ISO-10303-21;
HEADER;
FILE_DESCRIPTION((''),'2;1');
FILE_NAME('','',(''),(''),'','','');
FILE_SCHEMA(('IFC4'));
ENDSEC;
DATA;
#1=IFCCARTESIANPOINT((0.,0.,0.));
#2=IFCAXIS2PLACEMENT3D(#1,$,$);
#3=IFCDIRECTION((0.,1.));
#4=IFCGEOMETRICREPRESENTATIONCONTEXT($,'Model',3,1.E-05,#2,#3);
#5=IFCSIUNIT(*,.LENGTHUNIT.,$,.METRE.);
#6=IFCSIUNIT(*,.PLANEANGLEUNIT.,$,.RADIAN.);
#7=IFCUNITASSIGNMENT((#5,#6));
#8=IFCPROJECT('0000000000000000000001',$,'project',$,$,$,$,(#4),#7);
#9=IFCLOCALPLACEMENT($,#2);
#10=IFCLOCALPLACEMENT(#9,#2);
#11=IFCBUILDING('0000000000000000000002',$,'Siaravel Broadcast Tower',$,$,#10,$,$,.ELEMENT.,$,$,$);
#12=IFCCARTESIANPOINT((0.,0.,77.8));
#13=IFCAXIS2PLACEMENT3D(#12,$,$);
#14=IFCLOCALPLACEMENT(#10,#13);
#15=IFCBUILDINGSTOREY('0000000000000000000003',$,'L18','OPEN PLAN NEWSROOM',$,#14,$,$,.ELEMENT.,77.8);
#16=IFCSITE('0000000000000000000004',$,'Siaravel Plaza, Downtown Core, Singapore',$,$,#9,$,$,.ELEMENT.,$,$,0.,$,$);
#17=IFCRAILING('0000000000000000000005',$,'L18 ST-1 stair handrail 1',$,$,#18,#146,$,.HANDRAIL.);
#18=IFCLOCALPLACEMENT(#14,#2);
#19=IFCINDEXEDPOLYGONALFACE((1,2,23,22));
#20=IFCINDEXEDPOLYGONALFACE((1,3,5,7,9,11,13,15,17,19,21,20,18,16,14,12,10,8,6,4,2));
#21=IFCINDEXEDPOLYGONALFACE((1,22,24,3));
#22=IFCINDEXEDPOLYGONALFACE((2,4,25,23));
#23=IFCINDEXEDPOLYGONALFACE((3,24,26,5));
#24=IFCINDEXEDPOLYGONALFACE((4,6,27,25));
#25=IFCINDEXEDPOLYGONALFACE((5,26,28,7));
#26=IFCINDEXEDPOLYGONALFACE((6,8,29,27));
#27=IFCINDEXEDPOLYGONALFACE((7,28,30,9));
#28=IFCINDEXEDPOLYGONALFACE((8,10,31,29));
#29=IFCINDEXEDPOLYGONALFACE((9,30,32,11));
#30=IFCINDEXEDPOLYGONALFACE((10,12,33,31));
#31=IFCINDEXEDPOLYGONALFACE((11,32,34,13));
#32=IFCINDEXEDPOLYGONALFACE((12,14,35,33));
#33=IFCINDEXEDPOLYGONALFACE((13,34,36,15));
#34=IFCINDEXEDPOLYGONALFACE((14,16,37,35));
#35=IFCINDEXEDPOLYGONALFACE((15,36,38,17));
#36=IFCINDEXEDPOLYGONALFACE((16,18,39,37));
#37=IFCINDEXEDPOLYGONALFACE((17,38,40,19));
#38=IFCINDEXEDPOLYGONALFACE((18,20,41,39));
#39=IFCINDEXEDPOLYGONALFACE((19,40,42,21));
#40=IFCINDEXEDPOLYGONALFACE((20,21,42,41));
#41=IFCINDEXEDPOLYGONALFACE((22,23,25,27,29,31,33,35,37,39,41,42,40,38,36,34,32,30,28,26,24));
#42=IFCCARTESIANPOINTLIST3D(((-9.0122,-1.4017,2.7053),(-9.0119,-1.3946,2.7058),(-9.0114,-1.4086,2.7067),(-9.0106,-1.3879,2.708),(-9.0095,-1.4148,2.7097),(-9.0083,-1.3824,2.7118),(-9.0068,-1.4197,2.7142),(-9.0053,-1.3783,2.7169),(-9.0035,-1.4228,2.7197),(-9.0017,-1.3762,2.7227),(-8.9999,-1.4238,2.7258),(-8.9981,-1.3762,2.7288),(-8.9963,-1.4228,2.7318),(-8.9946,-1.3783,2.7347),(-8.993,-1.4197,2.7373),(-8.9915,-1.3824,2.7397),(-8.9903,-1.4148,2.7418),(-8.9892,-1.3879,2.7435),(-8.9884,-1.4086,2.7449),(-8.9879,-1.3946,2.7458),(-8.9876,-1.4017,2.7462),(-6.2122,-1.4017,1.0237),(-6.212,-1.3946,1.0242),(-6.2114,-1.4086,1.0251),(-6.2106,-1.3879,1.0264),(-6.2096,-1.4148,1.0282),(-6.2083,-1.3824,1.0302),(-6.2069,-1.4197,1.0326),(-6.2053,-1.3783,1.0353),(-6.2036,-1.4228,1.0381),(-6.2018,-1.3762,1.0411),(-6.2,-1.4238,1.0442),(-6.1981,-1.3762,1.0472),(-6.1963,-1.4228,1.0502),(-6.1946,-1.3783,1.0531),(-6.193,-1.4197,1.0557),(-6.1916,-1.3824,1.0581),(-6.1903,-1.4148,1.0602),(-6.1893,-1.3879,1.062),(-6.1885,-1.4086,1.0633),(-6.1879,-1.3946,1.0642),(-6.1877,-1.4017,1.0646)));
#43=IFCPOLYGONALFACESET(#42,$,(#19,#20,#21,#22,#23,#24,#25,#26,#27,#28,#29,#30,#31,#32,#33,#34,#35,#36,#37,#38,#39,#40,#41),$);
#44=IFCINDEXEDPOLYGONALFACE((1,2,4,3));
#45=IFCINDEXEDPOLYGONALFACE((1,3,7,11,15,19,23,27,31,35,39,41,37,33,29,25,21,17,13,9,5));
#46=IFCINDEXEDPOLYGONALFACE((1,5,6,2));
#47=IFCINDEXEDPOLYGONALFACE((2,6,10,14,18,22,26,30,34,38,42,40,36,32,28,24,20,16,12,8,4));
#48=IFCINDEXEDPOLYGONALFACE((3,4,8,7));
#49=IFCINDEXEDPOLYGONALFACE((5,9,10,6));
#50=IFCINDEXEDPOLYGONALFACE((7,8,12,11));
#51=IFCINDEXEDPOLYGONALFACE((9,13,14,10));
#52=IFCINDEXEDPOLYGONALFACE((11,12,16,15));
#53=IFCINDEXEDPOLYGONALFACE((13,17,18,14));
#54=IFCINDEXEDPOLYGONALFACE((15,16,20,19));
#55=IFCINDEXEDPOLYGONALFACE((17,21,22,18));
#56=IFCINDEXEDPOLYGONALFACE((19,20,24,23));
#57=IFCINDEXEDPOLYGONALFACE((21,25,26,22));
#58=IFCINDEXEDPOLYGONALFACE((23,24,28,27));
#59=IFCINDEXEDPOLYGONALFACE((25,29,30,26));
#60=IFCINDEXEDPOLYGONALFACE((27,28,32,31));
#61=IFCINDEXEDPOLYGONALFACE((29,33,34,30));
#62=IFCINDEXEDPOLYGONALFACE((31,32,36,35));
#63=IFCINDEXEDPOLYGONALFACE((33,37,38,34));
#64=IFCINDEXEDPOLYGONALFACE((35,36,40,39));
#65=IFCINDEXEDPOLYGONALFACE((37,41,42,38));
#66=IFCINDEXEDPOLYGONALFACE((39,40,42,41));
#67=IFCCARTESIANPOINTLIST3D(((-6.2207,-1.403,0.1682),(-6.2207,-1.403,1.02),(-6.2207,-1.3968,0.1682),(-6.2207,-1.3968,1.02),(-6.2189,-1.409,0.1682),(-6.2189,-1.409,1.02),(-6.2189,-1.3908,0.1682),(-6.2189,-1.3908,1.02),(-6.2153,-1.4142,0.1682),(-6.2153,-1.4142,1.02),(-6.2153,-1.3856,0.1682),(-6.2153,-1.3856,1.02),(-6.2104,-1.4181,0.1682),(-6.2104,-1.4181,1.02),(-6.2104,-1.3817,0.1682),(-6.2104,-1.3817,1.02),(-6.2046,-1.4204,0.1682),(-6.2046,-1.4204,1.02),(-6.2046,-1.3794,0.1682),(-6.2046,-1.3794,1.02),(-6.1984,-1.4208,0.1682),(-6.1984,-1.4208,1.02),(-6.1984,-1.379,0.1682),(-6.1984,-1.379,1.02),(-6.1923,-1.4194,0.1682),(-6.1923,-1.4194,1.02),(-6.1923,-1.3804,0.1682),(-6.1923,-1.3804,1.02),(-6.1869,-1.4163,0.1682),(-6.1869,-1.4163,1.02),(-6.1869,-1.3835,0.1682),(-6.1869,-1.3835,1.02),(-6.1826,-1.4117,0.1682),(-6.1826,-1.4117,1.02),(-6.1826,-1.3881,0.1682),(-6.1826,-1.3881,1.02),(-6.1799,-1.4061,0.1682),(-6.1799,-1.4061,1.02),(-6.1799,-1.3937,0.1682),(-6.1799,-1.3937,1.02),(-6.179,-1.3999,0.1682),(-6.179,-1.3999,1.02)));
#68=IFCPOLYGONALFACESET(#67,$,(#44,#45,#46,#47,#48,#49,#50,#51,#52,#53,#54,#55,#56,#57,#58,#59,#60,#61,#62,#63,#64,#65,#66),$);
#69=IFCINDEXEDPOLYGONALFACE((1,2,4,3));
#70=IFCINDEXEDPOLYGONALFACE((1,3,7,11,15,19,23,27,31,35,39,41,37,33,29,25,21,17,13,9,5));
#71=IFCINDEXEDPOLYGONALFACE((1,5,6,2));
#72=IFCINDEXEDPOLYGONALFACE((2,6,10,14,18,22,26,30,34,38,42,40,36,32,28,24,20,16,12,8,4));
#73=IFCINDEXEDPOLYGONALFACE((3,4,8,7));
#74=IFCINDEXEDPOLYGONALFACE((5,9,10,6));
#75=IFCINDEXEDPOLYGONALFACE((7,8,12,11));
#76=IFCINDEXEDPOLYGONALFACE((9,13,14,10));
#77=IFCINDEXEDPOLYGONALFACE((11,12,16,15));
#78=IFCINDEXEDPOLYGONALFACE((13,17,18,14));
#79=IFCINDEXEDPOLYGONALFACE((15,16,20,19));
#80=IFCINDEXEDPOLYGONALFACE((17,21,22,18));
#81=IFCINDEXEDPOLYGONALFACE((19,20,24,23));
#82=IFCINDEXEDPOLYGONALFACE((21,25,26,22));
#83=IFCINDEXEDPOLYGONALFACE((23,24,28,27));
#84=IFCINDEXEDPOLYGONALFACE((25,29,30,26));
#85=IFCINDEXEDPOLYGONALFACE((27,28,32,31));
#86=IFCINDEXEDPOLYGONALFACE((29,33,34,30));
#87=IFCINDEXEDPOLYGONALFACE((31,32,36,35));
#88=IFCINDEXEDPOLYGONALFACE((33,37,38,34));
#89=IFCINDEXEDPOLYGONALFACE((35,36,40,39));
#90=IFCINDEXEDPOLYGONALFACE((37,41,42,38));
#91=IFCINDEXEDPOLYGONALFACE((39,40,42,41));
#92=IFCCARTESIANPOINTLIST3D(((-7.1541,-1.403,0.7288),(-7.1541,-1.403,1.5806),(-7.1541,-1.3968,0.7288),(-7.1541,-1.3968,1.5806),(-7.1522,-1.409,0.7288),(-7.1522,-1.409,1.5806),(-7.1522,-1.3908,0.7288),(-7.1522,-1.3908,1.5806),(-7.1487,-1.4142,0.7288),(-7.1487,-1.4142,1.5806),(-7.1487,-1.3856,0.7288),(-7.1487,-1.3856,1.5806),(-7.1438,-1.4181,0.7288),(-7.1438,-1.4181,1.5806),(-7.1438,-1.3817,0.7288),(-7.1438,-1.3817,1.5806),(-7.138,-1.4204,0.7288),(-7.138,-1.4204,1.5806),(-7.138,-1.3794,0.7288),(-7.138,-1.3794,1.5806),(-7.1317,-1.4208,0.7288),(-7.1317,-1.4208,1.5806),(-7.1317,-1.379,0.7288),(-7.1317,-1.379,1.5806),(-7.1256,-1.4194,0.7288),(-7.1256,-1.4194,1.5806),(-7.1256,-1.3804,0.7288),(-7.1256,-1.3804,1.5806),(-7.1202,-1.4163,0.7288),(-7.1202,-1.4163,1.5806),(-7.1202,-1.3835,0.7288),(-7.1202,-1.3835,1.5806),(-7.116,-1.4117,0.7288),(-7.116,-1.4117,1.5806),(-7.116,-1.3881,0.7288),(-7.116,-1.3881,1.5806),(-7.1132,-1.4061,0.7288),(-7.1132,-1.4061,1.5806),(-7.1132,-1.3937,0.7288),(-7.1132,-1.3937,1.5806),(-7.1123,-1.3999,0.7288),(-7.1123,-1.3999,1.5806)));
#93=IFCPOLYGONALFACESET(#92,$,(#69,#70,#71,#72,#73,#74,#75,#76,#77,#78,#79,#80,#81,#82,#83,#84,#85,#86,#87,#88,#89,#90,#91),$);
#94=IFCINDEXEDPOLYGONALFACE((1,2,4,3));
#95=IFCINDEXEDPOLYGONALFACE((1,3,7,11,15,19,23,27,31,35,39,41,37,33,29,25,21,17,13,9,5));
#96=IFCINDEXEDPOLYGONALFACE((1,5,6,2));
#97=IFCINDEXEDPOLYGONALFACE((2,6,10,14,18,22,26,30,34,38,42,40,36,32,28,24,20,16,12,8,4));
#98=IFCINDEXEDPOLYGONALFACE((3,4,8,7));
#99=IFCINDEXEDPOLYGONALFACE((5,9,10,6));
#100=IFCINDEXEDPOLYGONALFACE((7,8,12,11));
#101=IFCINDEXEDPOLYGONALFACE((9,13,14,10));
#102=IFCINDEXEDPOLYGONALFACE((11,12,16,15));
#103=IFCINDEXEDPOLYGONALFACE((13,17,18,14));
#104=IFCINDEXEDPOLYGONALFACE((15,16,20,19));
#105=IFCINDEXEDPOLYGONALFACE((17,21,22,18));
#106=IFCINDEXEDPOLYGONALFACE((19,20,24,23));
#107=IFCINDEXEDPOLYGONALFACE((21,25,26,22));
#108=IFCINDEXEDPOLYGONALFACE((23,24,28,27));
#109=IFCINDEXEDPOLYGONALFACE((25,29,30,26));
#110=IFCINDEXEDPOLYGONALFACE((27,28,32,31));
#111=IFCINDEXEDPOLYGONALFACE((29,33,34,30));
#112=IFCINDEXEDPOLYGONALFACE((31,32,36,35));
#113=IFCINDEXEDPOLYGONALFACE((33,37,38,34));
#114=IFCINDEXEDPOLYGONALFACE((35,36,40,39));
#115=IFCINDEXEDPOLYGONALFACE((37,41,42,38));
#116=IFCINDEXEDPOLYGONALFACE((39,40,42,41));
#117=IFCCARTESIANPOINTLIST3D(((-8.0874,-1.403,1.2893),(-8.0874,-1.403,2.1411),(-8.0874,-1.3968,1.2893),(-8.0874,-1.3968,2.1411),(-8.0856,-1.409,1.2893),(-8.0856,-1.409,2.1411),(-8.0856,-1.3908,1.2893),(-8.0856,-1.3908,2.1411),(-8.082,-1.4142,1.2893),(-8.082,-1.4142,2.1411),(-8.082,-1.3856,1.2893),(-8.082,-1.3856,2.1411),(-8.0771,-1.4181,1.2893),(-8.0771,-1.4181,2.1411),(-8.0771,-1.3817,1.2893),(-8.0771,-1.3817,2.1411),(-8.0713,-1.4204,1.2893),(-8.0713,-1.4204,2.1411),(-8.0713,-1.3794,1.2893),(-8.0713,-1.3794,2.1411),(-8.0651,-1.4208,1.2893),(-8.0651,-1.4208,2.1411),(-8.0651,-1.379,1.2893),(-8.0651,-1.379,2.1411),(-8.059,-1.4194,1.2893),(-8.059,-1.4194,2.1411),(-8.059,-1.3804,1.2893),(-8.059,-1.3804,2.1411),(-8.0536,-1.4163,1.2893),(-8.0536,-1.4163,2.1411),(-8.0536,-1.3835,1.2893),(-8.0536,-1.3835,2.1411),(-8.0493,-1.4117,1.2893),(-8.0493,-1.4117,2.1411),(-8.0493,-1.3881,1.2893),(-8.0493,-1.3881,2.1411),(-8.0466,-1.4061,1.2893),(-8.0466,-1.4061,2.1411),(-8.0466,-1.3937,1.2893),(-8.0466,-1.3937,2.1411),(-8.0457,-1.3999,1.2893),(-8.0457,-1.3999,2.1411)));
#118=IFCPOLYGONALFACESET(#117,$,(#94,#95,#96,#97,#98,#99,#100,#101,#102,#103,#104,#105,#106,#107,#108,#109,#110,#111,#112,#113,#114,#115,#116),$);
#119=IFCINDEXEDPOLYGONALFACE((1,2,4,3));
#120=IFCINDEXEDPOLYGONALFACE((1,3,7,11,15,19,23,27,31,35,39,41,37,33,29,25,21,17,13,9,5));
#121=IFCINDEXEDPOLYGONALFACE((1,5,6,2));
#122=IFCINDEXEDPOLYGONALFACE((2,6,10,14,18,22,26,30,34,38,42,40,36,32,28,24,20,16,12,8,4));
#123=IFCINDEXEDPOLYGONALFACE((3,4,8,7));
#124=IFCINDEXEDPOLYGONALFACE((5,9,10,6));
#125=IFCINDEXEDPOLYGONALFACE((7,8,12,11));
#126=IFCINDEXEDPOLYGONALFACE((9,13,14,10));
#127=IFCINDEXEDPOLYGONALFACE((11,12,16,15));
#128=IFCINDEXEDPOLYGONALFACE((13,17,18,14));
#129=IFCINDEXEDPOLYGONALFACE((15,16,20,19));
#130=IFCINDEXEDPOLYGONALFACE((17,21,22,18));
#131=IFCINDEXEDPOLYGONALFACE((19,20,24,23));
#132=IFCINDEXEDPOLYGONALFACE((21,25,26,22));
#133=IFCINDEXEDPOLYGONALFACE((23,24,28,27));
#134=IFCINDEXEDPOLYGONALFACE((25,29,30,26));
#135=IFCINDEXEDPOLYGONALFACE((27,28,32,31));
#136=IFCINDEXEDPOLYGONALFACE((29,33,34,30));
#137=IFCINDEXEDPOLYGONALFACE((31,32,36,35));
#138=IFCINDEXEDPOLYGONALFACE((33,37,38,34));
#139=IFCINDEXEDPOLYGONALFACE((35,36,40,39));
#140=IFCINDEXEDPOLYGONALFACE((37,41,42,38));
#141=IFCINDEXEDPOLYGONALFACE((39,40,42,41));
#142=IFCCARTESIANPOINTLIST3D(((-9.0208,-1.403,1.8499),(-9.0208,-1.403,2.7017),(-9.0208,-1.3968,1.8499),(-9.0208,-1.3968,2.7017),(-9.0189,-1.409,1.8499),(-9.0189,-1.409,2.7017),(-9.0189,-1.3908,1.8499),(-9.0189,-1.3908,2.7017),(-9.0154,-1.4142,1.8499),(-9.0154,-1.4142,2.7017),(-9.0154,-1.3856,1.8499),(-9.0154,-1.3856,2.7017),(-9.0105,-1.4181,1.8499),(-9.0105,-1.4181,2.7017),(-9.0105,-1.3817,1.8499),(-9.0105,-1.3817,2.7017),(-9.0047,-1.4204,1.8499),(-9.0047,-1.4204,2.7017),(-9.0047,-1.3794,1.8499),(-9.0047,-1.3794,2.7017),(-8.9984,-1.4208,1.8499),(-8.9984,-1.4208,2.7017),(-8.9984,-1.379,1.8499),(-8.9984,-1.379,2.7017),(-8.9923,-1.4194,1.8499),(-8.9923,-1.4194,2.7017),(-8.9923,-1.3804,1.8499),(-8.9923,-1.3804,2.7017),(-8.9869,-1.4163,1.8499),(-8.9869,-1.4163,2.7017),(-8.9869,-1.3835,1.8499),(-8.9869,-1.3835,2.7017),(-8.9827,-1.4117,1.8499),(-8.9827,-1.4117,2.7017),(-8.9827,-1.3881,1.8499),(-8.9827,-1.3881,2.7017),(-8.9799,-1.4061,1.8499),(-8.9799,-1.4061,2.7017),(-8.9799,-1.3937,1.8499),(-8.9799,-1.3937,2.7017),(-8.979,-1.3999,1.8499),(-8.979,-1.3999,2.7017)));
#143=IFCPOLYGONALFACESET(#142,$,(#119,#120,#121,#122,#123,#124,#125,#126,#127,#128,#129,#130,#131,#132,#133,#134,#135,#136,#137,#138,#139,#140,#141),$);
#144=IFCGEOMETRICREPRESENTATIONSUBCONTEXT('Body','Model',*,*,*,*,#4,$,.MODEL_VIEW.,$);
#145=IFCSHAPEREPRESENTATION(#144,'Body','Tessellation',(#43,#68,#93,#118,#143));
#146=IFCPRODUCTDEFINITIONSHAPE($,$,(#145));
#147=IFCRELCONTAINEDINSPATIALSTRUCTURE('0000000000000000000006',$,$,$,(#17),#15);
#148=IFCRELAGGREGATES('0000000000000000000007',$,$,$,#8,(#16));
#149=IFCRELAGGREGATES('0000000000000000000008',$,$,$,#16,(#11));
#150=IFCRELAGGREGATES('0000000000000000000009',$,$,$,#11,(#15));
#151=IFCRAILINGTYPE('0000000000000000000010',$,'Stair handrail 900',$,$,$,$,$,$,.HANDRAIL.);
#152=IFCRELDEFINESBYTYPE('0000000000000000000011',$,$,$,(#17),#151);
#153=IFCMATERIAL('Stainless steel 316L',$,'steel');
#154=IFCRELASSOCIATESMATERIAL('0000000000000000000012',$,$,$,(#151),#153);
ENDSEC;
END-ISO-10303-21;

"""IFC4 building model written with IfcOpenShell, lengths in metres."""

from ifc_helpers import new_model, si_unit, direction, frame, origin, origin_2d, place, context, subcontext, project, spatial, circle, extrude, material, type_object, element, save


model = new_model("IFC4")

# Units and contexts
model_context = context("Model", 3, precision=1e-05, world=origin(), true_north=direction((0.0, 1.0)))
body_context = subcontext(model_context, "Body", "Model", "MODEL_VIEW")
ifc_project = project(units=[si_unit("LENGTHUNIT", "METRE"), si_unit("PLANEANGLEUNIT", "RADIAN")], contexts=[model_context])

# Site, building, storey
site_placement = place(None, origin())
site = spatial("IfcSite", under=ifc_project, at=site_placement, Name="Siaravel Plaza, Downtown Core, Singapore", CompositionType="ELEMENT", RefElevation=0.0)
building_placement = place(site_placement, origin())
building = spatial("IfcBuilding", under=site, at=building_placement, Name="Siaravel Broadcast Tower", CompositionType="ELEMENT")
storey_placement = place(building_placement, frame((0.0, 0.0, 77.8)))
storey = spatial("IfcBuildingStorey", under=building, at=storey_placement, Name="L18", Description="OPEN PLAN NEWSROOM", CompositionType="ELEMENT", Elevation=77.8)

# Shared definitions
ifc_material_1 = material(Name="Stainless steel 316L", Category="steel")

# Railing
railing_type = type_object("IfcRailingType", Name="Stair handrail 900", PredefinedType="HANDRAIL", material=ifc_material_1)
railing_placement = place(storey_placement, frame((-6.2, -1.3999, 0.1682)))
element("IfcRailing", 1, at=railing_placement, inside=storey, type_object=railing_type, Name="L18 ST-1 stair handrail 1", PredefinedType="HANDRAIL", context=body_context, shape_type="SweptSolid", body=[
    extrude(circle(Radius=0.0239, at=origin_2d()), frame((0.0, 0.0, 0.876), z_axis=(-0.857275, 0.0, 0.514858), x_axis=(0.0, -1.0, 0.0)), (0.0, 0.0, 1.0), 3.2661),
    extrude(circle(Radius=0.021, at=origin_2d()), origin(), (0.0, 0.0, 1.0), 0.8518),
    extrude(circle(Radius=0.021, at=origin_2d()), frame((-0.9333, 0.0, 0.5605)), (0.0, 0.0, 1.0), 0.8518),
    extrude(circle(Radius=0.021, at=origin_2d()), frame((-1.8667, 0.0, 1.1211)), (0.0, 0.0, 1.0), 0.8518),
    extrude(circle(Radius=0.021, at=origin_2d()), frame((-2.8, 0.0, 1.6816)), (0.0, 0.0, 1.0), 0.8518),
])

save(model, "model.ifc")
